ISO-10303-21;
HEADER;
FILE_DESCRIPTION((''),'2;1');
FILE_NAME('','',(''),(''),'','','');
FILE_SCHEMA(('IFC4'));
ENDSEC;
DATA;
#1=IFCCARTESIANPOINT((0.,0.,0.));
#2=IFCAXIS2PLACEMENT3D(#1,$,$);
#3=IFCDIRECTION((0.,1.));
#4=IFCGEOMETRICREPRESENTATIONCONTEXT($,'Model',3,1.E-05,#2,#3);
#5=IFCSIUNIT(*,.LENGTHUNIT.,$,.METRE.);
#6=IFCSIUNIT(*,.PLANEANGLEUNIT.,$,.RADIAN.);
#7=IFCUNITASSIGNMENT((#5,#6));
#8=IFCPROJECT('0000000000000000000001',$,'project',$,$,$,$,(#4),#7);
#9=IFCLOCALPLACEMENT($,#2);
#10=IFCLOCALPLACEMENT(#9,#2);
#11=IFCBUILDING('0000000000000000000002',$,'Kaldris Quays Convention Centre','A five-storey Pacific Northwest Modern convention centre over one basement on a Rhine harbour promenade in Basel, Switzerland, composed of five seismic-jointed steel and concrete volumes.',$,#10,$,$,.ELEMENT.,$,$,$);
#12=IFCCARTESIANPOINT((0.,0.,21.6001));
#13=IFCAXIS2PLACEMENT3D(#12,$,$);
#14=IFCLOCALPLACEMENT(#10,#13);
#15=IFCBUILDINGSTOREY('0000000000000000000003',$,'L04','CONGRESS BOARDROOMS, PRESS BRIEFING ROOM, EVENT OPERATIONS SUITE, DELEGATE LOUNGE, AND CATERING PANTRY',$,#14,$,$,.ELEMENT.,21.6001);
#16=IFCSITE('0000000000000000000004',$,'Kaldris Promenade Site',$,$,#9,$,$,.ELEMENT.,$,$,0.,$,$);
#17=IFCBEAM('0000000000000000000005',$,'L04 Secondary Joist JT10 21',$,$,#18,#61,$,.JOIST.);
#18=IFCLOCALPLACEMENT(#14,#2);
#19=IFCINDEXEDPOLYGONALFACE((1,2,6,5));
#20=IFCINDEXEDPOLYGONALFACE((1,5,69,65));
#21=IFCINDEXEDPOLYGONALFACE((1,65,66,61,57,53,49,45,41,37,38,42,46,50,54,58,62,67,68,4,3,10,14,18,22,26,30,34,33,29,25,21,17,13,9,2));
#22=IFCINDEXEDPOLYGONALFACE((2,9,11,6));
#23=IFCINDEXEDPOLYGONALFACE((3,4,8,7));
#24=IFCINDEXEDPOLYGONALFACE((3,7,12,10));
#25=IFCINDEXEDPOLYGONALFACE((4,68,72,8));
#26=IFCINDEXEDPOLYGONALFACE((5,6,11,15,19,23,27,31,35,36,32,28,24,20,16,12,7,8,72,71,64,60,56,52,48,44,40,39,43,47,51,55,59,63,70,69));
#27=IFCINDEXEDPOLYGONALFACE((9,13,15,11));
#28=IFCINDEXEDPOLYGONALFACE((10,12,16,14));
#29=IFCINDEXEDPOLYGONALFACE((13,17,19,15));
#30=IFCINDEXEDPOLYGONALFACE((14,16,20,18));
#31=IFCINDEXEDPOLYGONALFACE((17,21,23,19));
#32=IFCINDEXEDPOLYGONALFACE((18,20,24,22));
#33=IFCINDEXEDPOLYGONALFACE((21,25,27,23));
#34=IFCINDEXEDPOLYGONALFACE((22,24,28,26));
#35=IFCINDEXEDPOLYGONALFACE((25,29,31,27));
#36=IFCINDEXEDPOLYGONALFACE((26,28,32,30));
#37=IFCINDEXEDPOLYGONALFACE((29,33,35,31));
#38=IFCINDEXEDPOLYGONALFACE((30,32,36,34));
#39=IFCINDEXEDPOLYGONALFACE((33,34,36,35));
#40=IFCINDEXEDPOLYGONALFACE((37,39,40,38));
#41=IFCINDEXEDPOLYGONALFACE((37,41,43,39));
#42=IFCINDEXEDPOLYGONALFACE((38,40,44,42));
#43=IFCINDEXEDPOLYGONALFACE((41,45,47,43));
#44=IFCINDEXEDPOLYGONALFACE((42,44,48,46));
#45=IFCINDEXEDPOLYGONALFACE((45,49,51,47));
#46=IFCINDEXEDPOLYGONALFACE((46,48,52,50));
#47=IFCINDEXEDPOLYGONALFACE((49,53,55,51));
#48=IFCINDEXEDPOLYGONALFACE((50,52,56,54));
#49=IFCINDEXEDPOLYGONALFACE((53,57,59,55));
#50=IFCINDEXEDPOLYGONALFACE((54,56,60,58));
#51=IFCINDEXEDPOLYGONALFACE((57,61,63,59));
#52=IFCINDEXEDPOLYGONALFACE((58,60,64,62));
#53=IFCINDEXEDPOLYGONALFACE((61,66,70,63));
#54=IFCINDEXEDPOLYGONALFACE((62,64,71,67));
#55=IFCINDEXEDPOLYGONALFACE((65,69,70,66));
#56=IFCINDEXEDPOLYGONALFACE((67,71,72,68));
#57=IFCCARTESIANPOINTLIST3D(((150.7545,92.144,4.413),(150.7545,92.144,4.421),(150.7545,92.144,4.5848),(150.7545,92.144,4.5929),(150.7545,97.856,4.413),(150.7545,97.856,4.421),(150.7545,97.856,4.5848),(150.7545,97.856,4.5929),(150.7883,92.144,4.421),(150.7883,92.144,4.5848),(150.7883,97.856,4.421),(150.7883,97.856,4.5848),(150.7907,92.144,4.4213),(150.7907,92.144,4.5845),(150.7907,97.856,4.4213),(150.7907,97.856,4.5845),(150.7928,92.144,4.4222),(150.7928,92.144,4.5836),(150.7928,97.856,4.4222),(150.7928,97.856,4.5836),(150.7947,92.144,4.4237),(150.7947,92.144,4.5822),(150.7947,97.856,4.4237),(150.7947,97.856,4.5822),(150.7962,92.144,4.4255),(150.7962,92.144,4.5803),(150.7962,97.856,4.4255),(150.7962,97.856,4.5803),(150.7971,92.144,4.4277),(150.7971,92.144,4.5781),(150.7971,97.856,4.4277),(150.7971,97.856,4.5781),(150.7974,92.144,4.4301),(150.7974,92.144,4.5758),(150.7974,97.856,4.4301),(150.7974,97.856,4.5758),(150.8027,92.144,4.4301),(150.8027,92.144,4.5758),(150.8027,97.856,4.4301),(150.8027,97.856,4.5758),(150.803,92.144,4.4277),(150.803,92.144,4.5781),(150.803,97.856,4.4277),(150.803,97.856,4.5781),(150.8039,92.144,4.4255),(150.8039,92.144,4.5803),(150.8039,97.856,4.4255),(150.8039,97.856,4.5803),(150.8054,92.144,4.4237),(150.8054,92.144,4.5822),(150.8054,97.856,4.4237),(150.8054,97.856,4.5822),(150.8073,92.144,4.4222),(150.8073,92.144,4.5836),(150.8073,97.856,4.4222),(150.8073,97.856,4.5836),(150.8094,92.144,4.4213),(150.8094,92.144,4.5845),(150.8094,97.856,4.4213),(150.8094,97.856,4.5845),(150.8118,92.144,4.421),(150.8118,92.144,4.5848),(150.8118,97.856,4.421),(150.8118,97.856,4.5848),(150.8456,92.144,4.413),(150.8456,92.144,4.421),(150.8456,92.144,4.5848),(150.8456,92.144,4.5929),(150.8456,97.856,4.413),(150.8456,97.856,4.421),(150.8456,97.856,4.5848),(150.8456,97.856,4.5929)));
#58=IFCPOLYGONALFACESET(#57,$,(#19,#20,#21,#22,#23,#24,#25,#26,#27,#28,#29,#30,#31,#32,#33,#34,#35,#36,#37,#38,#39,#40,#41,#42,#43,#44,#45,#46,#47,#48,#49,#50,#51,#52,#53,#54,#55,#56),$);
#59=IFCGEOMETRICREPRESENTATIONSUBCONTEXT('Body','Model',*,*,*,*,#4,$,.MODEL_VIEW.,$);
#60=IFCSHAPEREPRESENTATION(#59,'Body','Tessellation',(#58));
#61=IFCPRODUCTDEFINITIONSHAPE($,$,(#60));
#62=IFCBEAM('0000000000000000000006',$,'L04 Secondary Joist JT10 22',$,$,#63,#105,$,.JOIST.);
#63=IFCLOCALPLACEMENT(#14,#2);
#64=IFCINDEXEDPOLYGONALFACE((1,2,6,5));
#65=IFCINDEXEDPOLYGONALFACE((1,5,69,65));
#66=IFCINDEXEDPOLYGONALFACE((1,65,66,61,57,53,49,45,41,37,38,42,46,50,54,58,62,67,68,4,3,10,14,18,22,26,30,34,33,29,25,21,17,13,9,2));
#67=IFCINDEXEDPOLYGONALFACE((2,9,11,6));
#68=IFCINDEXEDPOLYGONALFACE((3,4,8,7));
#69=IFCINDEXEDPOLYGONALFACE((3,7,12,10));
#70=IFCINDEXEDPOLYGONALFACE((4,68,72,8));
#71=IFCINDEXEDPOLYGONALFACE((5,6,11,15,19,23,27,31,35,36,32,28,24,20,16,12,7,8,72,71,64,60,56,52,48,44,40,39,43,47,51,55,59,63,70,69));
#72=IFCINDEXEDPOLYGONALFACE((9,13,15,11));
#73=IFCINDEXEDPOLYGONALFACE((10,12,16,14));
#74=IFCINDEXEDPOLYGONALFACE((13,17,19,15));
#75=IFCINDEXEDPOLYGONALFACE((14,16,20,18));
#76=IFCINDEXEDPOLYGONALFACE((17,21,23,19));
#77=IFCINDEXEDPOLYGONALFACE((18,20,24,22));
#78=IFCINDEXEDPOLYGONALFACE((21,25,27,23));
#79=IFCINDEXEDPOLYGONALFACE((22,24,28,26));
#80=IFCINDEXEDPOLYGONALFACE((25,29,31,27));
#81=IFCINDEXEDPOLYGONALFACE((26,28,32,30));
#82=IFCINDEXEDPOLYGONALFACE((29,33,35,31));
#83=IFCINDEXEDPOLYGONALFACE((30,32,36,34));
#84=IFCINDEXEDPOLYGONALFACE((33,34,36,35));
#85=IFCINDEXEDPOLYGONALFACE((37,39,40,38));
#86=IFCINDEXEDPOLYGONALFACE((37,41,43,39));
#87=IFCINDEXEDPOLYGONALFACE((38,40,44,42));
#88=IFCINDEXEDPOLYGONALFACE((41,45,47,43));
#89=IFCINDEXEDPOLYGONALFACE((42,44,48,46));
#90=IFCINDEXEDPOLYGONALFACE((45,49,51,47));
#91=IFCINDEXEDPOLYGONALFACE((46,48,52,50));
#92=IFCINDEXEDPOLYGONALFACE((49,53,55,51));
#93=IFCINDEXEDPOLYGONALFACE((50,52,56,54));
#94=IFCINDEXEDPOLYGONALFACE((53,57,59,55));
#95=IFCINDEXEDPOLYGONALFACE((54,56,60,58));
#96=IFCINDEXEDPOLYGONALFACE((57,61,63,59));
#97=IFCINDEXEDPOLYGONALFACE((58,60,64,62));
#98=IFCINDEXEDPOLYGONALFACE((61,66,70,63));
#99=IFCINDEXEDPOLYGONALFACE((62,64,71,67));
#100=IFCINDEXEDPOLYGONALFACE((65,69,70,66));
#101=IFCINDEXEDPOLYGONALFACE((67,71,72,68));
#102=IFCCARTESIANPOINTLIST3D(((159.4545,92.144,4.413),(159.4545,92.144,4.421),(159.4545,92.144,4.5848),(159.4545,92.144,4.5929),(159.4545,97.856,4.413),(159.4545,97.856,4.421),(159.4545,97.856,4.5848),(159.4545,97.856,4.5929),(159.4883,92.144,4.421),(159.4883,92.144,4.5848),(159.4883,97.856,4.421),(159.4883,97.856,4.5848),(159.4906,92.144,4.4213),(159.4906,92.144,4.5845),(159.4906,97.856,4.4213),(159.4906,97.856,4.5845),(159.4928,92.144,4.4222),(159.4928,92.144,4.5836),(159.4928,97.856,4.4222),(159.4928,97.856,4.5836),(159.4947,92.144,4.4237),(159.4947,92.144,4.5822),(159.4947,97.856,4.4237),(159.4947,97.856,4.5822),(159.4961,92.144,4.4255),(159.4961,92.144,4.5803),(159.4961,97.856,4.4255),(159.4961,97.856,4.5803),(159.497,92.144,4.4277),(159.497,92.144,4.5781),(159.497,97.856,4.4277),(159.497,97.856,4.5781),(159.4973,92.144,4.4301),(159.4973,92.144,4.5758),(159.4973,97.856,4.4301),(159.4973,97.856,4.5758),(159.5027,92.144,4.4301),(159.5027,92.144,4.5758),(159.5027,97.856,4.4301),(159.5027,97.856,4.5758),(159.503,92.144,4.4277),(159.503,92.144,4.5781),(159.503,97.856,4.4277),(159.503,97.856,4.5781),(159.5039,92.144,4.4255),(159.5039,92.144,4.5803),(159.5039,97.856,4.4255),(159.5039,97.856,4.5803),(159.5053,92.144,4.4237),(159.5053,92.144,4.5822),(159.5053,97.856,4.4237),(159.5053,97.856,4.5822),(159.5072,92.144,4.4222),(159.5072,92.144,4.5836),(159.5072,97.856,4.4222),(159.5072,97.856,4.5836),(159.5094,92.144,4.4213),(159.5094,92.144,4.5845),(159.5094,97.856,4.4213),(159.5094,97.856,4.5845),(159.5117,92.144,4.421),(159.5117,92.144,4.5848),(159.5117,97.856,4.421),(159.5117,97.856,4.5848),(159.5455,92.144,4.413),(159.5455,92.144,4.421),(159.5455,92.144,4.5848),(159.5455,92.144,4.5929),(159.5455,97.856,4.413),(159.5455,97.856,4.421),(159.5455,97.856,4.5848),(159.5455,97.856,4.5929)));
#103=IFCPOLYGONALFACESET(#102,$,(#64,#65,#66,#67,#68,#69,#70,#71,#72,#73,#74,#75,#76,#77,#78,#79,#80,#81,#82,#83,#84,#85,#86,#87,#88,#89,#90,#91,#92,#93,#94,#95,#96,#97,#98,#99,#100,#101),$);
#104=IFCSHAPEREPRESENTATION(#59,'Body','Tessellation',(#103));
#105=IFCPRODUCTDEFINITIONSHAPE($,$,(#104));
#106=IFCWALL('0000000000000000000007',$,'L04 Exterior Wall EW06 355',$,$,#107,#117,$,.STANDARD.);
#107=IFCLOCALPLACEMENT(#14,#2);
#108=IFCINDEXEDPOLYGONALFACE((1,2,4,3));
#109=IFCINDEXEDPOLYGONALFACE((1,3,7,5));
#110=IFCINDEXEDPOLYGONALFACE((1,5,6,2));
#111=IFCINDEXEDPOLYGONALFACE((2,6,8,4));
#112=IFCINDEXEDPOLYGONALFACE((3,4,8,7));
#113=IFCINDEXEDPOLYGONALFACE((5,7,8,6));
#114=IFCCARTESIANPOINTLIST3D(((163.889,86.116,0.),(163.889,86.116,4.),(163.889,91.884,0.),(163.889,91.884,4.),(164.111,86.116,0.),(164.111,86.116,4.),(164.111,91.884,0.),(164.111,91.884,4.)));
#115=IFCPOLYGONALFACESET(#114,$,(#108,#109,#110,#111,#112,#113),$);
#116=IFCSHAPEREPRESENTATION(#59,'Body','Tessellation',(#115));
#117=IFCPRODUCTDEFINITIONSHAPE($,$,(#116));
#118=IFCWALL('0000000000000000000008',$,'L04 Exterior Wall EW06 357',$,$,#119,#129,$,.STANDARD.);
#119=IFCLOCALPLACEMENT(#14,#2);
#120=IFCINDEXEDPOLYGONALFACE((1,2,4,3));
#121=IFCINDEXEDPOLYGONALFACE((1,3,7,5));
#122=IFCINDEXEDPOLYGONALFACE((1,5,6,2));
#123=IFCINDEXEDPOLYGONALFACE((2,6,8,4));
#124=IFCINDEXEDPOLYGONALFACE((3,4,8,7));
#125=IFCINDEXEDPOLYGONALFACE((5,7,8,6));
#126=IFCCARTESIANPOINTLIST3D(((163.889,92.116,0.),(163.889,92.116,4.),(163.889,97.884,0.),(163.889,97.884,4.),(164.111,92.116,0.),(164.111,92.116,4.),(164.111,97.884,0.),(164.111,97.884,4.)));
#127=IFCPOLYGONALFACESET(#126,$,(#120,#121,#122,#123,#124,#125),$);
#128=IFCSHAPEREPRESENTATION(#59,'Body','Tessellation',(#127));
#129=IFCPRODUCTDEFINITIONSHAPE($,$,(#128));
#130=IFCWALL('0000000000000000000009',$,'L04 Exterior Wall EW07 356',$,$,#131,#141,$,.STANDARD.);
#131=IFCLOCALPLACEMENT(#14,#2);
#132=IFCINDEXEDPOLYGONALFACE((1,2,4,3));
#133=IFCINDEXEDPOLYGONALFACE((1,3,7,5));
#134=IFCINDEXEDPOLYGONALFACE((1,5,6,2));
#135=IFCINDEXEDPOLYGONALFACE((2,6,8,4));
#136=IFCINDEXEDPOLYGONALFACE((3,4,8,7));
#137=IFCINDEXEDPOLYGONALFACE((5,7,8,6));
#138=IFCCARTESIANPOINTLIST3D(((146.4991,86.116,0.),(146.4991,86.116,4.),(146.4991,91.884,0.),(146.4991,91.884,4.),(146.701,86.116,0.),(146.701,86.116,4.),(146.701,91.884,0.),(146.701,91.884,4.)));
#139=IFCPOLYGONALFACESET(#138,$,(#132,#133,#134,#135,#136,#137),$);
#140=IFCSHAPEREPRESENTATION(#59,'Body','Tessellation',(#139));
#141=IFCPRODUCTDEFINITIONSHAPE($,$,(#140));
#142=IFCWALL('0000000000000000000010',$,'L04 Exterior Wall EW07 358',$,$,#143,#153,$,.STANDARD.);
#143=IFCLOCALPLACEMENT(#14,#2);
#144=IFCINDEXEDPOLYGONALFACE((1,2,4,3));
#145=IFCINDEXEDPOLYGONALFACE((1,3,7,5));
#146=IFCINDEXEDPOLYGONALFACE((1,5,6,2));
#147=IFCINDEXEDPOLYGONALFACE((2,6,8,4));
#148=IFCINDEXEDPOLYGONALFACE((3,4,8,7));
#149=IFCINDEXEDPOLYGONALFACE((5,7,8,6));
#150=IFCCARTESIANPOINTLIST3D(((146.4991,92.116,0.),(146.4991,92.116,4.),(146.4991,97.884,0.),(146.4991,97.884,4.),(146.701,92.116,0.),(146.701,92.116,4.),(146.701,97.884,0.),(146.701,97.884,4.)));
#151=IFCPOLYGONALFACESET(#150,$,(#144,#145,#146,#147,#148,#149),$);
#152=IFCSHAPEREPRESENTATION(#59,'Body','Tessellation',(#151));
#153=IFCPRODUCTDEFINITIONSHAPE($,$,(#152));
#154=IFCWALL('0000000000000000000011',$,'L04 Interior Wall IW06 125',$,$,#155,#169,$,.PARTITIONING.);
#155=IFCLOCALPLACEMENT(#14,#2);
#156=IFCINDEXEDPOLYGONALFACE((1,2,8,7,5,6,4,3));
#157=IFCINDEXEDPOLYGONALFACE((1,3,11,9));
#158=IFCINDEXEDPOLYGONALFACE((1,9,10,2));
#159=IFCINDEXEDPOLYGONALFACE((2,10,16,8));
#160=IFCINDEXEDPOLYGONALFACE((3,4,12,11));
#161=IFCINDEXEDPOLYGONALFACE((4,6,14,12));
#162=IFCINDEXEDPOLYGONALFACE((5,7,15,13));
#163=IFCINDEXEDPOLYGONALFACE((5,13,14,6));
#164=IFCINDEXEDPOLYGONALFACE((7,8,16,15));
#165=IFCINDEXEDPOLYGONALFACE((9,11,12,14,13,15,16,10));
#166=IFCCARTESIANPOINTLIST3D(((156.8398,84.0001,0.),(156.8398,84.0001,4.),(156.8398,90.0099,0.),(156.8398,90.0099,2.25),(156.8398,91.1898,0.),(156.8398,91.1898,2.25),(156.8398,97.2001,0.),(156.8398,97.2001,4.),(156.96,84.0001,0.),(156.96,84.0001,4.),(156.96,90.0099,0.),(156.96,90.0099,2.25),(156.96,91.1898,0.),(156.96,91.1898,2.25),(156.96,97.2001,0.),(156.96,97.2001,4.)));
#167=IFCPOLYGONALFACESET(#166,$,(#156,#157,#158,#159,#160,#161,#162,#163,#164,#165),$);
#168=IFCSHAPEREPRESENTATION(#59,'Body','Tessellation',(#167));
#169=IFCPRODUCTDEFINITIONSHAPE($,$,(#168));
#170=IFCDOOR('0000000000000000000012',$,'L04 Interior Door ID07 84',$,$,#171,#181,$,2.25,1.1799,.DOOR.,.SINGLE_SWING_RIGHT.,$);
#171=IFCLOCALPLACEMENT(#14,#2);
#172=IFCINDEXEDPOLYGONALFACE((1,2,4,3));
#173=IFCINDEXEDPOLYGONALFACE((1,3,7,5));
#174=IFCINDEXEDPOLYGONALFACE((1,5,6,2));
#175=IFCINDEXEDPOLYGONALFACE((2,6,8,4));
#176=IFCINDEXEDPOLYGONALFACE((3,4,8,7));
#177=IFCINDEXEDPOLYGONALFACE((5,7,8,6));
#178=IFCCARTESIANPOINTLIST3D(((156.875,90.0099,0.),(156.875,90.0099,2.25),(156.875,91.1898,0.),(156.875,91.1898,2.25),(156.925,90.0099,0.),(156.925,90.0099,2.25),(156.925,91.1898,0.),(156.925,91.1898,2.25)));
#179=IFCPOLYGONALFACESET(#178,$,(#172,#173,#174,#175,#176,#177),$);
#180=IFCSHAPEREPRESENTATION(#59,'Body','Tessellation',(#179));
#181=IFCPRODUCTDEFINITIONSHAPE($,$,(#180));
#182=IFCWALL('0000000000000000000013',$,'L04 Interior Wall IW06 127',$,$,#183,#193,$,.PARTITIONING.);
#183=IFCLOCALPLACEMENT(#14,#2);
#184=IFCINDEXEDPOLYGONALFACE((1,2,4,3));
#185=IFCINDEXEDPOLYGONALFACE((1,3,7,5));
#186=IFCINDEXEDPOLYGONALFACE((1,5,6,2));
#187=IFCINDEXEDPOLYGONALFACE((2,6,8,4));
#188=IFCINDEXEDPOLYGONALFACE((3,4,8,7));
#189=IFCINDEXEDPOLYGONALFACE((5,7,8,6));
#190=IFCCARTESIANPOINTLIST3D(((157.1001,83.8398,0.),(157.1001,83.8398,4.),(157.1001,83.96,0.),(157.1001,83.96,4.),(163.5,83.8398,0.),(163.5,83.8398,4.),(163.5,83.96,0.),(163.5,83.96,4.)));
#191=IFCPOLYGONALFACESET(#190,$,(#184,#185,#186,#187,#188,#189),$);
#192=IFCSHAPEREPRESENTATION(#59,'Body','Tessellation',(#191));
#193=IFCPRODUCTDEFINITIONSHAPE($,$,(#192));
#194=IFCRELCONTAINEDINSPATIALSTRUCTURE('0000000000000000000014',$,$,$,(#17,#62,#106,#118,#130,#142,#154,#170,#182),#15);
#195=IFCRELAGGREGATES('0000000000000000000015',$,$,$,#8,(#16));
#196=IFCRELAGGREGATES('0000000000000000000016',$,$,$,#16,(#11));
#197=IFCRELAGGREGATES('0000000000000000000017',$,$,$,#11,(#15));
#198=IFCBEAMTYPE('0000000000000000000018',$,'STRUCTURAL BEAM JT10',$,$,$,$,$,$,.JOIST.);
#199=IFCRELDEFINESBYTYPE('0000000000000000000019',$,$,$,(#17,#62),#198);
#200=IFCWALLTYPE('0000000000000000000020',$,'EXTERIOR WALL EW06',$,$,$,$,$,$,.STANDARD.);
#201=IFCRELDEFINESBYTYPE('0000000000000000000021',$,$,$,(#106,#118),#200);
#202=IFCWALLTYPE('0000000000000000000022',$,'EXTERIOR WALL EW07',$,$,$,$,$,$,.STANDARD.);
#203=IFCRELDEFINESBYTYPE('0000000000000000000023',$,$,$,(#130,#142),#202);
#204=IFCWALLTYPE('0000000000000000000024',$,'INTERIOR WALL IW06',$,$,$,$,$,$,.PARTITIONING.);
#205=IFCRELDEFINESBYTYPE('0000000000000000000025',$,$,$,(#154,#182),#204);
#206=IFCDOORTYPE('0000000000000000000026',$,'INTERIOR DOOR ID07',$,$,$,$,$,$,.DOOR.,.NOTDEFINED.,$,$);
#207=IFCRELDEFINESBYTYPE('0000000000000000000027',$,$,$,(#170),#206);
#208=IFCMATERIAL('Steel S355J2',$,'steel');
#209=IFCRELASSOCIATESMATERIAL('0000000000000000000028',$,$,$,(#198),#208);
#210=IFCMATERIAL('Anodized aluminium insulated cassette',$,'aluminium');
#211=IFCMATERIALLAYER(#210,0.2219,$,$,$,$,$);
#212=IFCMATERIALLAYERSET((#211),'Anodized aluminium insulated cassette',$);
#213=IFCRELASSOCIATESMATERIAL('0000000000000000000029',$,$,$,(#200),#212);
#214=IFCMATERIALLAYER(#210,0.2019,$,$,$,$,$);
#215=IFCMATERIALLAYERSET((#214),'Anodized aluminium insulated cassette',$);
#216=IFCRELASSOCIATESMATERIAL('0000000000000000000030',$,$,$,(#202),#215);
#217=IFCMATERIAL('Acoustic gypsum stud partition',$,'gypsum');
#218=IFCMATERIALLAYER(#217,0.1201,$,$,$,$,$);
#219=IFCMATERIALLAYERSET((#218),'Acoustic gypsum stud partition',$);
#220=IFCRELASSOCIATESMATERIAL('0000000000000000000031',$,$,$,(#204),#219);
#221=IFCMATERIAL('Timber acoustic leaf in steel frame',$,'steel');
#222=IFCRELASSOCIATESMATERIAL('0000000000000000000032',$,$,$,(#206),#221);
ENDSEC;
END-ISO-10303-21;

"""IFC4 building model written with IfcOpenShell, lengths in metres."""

from ifc_helpers import new_model, si_unit, direction, frame, frame_2d, origin, origin_2d, place, context, subcontext, project, spatial, rectangle, i_section, extrude, material, layer, layer_set, material_profile, profile_set, type_object, element, fill, save


model = new_model("IFC4")

# Units and contexts
model_context = context("Model", 3, precision=1e-05, world=origin(), true_north=direction((0.0, 1.0)))
body_context = subcontext(model_context, "Body", "Model", "MODEL_VIEW")
ifc_project = project(units=[si_unit("LENGTHUNIT", "METRE"), si_unit("PLANEANGLEUNIT", "RADIAN")], contexts=[model_context])

# Site, building, storey
site_placement = place(None, origin())
site = spatial("IfcSite", under=ifc_project, at=site_placement, Name="Kaldris Promenade Site", CompositionType="ELEMENT", RefElevation=0.0)
building_placement = place(site_placement, origin())
building = spatial("IfcBuilding", under=site, at=building_placement, Name="Kaldris Quays Convention Centre", Description="A five-storey Pacific Northwest Modern convention centre over one basement on a Rhine harbour promenade in Basel, Switzerland, composed of five seismic-jointed steel and concrete volumes.", CompositionType="ELEMENT")
storey_placement = place(building_placement, frame((0.0, 0.0, 21.6001)))
storey = spatial("IfcBuildingStorey", under=building, at=storey_placement, Name="L04", Description="CONGRESS BOARDROOMS, PRESS BRIEFING ROOM, EVENT OPERATIONS SUITE, DELEGATE LOUNGE, AND CATERING PANTRY", CompositionType="ELEMENT", Elevation=21.6001)

# Shared definitions
ifc_material_1 = material(Name="Steel S355J2", Category="steel")

# Beams
ifc_material_profile_1 = material_profile(ifc_material_1, i_section(OverallWidth=0.0911, OverallDepth=0.1799, WebThickness=0.0054, FlangeThickness=0.0081, FilletRadius=0.009, at=origin_2d()), Name="IPE 180")
ifc_profile_set_1 = profile_set([ifc_material_profile_1], Name="Steel S355J2")
beam_type_1 = type_object("IfcBeamType", Name="STRUCTURAL BEAM JT10", PredefinedType="JOIST", material=ifc_profile_set_1)
for number, where, z_axis, x_axis, name in (
    (1, (150.8, 92.144, 4.5029), (0.0, 1.0, 0.0), (-1.0, 0.0, 0.0), "L04 Secondary Joist JT10 21"),
    (2, (159.5, 92.144, 4.5029), (0.0, 1.0, 0.0), (-1.0, 0.0, 0.0), "L04 Secondary Joist JT10 22"),
):
    element("IfcBeam", number, at=place(storey_placement, frame(where, z_axis=z_axis, x_axis=x_axis)), inside=storey, type_object=beam_type_1, Name=name, PredefinedType="JOIST", context=body_context, shape_type="SweptSolid", body=[
        extrude(i_section(OverallWidth=0.0911, OverallDepth=0.1799, WebThickness=0.0054, FlangeThickness=0.0081, FilletRadius=0.009, at=origin_2d()), origin(), (0.0, 0.0, 1.0), 5.7119),
    ])

# Walls
ifc_material_2 = material(Name="Anodized aluminium insulated cassette", Category="aluminium")
ifc_layer_1 = layer(ifc_material_2, 0.2219)
ifc_layer_set_1 = layer_set([ifc_layer_1], Name="Anodized aluminium insulated cassette")
wall_type_1 = type_object("IfcWallType", Name="EXTERIOR WALL EW06", PredefinedType="STANDARD", material=ifc_layer_set_1)
for number, where, z_axis, x_axis, name in (
    (3, (164.0, 86.116, 0.0), (0.0, 0.0, 1.0), (0.0, 1.0, 0.0), "L04 Exterior Wall EW06 355"),
    (4, (164.0, 92.116, 0.0), (0.0, 0.0, 1.0), (0.0, 1.0, 0.0), "L04 Exterior Wall EW06 357"),
):
    element("IfcWall", number, at=place(storey_placement, frame(where, z_axis=z_axis, x_axis=x_axis)), inside=storey, type_object=wall_type_1, Name=name, PredefinedType="STANDARD", context=body_context, shape_type="SweptSolid", body=[
        extrude(rectangle(XDim=5.7681, YDim=0.2219, at=frame_2d((2.884, 0.0))), origin(), (0.0, 0.0, 1.0), 4.0),
    ])
ifc_layer_2 = layer(ifc_material_2, 0.2019)
ifc_layer_set_2 = layer_set([ifc_layer_2], Name="Anodized aluminium insulated cassette")
wall_type_2 = type_object("IfcWallType", Name="EXTERIOR WALL EW07", PredefinedType="STANDARD", material=ifc_layer_set_2)
for number, where, z_axis, x_axis, name in (
    (5, (146.6001, 86.116, 0.0), (0.0, 0.0, 1.0), (0.0, 1.0, 0.0), "L04 Exterior Wall EW07 356"),
    (6, (146.6001, 92.116, 0.0), (0.0, 0.0, 1.0), (0.0, 1.0, 0.0), "L04 Exterior Wall EW07 358"),
):
    element("IfcWall", number, at=place(storey_placement, frame(where, z_axis=z_axis, x_axis=x_axis)), inside=storey, type_object=wall_type_2, Name=name, PredefinedType="STANDARD", context=body_context, shape_type="SweptSolid", body=[
        extrude(rectangle(XDim=5.7681, YDim=0.2019, at=frame_2d((2.884, 0.0))), origin(), (0.0, 0.0, 1.0), 4.0),
    ])

# Wall, opening, door
ifc_material_3 = material(Name="Acoustic gypsum stud partition", Category="gypsum")
ifc_layer_3 = layer(ifc_material_3, 0.1201)
ifc_layer_set_3 = layer_set([ifc_layer_3], Name="Acoustic gypsum stud partition")
wall_type_3 = type_object("IfcWallType", Name="INTERIOR WALL IW06", PredefinedType="PARTITIONING", material=ifc_layer_set_3)
wall_1_placement = place(storey_placement, frame((156.8999, 84.0, 0.0), z_axis=(0.0, 0.0, 1.0), x_axis=(0.0, 1.0, 0.0)))
wall_1 = element("IfcWall", 7, at=wall_1_placement, inside=storey, type_object=wall_type_3, Name="L04 Interior Wall IW06 125", PredefinedType="PARTITIONING", context=body_context, shape_type="SweptSolid", body=[
    extrude(rectangle(XDim=13.2, YDim=0.1201, at=frame_2d((6.6001, 0.0))), origin(), (0.0, 0.0, 1.0), 4.0),
])
opening_placement = place(wall_1_placement, frame((6.01, 0.0, 0.0)))
opening = element("IfcOpeningElement", 8, at=opening_placement, cuts=wall_1, PredefinedType="OPENING", context=body_context, shape_type="SweptSolid", body=[
    extrude(rectangle(XDim=1.1799, YDim=2.25, at=frame_2d((0.5898, 1.125))), frame((0.0, 0.0701, 0.0), z_axis=(0.0, -1.0, 0.0), x_axis=(1.0, 0.0, 0.0)), (0.0, 0.0, 1.0), 0.1401),
])
ifc_material_4 = material(Name="Timber acoustic leaf in steel frame", Category="steel")
door_type = type_object("IfcDoorType", Name="INTERIOR DOOR ID07", OperationType="NOTDEFINED", PredefinedType="DOOR", material=ifc_material_4)
door_placement = place(opening_placement, origin())
door = element("IfcDoor", 9, at=door_placement, inside=storey, type_object=door_type, Name="L04 Interior Door ID07 84", OperationType="SINGLE_SWING_RIGHT", OverallHeight=2.25, OverallWidth=1.1799, PredefinedType="DOOR", context=body_context, shape_type="SweptSolid", body=[
    extrude(rectangle(XDim=1.1799, YDim=2.25, at=frame_2d((0.5898, 1.125))), frame((0.0, 0.0249, 0.0), z_axis=(0.0, -1.0, 0.0), x_axis=(1.0, 0.0, 0.0)), (0.0, 0.0, 1.0), 0.05),
])
fill(opening, door)

# Wall
wall_2_placement = place(storey_placement, frame((157.1001, 83.8999, 0.0), z_axis=(0.0, 0.0, 1.0), x_axis=(1.0, 0.0, 0.0)))
element("IfcWall", 10, at=wall_2_placement, inside=storey, type_object=wall_type_3, Name="L04 Interior Wall IW06 127", PredefinedType="PARTITIONING", context=body_context, shape_type="SweptSolid", body=[
    extrude(rectangle(XDim=6.3999, YDim=0.1201, at=frame_2d((3.2, 0.0))), origin(), (0.0, 0.0, 1.0), 4.0),
])

save(model, "model.ifc")
